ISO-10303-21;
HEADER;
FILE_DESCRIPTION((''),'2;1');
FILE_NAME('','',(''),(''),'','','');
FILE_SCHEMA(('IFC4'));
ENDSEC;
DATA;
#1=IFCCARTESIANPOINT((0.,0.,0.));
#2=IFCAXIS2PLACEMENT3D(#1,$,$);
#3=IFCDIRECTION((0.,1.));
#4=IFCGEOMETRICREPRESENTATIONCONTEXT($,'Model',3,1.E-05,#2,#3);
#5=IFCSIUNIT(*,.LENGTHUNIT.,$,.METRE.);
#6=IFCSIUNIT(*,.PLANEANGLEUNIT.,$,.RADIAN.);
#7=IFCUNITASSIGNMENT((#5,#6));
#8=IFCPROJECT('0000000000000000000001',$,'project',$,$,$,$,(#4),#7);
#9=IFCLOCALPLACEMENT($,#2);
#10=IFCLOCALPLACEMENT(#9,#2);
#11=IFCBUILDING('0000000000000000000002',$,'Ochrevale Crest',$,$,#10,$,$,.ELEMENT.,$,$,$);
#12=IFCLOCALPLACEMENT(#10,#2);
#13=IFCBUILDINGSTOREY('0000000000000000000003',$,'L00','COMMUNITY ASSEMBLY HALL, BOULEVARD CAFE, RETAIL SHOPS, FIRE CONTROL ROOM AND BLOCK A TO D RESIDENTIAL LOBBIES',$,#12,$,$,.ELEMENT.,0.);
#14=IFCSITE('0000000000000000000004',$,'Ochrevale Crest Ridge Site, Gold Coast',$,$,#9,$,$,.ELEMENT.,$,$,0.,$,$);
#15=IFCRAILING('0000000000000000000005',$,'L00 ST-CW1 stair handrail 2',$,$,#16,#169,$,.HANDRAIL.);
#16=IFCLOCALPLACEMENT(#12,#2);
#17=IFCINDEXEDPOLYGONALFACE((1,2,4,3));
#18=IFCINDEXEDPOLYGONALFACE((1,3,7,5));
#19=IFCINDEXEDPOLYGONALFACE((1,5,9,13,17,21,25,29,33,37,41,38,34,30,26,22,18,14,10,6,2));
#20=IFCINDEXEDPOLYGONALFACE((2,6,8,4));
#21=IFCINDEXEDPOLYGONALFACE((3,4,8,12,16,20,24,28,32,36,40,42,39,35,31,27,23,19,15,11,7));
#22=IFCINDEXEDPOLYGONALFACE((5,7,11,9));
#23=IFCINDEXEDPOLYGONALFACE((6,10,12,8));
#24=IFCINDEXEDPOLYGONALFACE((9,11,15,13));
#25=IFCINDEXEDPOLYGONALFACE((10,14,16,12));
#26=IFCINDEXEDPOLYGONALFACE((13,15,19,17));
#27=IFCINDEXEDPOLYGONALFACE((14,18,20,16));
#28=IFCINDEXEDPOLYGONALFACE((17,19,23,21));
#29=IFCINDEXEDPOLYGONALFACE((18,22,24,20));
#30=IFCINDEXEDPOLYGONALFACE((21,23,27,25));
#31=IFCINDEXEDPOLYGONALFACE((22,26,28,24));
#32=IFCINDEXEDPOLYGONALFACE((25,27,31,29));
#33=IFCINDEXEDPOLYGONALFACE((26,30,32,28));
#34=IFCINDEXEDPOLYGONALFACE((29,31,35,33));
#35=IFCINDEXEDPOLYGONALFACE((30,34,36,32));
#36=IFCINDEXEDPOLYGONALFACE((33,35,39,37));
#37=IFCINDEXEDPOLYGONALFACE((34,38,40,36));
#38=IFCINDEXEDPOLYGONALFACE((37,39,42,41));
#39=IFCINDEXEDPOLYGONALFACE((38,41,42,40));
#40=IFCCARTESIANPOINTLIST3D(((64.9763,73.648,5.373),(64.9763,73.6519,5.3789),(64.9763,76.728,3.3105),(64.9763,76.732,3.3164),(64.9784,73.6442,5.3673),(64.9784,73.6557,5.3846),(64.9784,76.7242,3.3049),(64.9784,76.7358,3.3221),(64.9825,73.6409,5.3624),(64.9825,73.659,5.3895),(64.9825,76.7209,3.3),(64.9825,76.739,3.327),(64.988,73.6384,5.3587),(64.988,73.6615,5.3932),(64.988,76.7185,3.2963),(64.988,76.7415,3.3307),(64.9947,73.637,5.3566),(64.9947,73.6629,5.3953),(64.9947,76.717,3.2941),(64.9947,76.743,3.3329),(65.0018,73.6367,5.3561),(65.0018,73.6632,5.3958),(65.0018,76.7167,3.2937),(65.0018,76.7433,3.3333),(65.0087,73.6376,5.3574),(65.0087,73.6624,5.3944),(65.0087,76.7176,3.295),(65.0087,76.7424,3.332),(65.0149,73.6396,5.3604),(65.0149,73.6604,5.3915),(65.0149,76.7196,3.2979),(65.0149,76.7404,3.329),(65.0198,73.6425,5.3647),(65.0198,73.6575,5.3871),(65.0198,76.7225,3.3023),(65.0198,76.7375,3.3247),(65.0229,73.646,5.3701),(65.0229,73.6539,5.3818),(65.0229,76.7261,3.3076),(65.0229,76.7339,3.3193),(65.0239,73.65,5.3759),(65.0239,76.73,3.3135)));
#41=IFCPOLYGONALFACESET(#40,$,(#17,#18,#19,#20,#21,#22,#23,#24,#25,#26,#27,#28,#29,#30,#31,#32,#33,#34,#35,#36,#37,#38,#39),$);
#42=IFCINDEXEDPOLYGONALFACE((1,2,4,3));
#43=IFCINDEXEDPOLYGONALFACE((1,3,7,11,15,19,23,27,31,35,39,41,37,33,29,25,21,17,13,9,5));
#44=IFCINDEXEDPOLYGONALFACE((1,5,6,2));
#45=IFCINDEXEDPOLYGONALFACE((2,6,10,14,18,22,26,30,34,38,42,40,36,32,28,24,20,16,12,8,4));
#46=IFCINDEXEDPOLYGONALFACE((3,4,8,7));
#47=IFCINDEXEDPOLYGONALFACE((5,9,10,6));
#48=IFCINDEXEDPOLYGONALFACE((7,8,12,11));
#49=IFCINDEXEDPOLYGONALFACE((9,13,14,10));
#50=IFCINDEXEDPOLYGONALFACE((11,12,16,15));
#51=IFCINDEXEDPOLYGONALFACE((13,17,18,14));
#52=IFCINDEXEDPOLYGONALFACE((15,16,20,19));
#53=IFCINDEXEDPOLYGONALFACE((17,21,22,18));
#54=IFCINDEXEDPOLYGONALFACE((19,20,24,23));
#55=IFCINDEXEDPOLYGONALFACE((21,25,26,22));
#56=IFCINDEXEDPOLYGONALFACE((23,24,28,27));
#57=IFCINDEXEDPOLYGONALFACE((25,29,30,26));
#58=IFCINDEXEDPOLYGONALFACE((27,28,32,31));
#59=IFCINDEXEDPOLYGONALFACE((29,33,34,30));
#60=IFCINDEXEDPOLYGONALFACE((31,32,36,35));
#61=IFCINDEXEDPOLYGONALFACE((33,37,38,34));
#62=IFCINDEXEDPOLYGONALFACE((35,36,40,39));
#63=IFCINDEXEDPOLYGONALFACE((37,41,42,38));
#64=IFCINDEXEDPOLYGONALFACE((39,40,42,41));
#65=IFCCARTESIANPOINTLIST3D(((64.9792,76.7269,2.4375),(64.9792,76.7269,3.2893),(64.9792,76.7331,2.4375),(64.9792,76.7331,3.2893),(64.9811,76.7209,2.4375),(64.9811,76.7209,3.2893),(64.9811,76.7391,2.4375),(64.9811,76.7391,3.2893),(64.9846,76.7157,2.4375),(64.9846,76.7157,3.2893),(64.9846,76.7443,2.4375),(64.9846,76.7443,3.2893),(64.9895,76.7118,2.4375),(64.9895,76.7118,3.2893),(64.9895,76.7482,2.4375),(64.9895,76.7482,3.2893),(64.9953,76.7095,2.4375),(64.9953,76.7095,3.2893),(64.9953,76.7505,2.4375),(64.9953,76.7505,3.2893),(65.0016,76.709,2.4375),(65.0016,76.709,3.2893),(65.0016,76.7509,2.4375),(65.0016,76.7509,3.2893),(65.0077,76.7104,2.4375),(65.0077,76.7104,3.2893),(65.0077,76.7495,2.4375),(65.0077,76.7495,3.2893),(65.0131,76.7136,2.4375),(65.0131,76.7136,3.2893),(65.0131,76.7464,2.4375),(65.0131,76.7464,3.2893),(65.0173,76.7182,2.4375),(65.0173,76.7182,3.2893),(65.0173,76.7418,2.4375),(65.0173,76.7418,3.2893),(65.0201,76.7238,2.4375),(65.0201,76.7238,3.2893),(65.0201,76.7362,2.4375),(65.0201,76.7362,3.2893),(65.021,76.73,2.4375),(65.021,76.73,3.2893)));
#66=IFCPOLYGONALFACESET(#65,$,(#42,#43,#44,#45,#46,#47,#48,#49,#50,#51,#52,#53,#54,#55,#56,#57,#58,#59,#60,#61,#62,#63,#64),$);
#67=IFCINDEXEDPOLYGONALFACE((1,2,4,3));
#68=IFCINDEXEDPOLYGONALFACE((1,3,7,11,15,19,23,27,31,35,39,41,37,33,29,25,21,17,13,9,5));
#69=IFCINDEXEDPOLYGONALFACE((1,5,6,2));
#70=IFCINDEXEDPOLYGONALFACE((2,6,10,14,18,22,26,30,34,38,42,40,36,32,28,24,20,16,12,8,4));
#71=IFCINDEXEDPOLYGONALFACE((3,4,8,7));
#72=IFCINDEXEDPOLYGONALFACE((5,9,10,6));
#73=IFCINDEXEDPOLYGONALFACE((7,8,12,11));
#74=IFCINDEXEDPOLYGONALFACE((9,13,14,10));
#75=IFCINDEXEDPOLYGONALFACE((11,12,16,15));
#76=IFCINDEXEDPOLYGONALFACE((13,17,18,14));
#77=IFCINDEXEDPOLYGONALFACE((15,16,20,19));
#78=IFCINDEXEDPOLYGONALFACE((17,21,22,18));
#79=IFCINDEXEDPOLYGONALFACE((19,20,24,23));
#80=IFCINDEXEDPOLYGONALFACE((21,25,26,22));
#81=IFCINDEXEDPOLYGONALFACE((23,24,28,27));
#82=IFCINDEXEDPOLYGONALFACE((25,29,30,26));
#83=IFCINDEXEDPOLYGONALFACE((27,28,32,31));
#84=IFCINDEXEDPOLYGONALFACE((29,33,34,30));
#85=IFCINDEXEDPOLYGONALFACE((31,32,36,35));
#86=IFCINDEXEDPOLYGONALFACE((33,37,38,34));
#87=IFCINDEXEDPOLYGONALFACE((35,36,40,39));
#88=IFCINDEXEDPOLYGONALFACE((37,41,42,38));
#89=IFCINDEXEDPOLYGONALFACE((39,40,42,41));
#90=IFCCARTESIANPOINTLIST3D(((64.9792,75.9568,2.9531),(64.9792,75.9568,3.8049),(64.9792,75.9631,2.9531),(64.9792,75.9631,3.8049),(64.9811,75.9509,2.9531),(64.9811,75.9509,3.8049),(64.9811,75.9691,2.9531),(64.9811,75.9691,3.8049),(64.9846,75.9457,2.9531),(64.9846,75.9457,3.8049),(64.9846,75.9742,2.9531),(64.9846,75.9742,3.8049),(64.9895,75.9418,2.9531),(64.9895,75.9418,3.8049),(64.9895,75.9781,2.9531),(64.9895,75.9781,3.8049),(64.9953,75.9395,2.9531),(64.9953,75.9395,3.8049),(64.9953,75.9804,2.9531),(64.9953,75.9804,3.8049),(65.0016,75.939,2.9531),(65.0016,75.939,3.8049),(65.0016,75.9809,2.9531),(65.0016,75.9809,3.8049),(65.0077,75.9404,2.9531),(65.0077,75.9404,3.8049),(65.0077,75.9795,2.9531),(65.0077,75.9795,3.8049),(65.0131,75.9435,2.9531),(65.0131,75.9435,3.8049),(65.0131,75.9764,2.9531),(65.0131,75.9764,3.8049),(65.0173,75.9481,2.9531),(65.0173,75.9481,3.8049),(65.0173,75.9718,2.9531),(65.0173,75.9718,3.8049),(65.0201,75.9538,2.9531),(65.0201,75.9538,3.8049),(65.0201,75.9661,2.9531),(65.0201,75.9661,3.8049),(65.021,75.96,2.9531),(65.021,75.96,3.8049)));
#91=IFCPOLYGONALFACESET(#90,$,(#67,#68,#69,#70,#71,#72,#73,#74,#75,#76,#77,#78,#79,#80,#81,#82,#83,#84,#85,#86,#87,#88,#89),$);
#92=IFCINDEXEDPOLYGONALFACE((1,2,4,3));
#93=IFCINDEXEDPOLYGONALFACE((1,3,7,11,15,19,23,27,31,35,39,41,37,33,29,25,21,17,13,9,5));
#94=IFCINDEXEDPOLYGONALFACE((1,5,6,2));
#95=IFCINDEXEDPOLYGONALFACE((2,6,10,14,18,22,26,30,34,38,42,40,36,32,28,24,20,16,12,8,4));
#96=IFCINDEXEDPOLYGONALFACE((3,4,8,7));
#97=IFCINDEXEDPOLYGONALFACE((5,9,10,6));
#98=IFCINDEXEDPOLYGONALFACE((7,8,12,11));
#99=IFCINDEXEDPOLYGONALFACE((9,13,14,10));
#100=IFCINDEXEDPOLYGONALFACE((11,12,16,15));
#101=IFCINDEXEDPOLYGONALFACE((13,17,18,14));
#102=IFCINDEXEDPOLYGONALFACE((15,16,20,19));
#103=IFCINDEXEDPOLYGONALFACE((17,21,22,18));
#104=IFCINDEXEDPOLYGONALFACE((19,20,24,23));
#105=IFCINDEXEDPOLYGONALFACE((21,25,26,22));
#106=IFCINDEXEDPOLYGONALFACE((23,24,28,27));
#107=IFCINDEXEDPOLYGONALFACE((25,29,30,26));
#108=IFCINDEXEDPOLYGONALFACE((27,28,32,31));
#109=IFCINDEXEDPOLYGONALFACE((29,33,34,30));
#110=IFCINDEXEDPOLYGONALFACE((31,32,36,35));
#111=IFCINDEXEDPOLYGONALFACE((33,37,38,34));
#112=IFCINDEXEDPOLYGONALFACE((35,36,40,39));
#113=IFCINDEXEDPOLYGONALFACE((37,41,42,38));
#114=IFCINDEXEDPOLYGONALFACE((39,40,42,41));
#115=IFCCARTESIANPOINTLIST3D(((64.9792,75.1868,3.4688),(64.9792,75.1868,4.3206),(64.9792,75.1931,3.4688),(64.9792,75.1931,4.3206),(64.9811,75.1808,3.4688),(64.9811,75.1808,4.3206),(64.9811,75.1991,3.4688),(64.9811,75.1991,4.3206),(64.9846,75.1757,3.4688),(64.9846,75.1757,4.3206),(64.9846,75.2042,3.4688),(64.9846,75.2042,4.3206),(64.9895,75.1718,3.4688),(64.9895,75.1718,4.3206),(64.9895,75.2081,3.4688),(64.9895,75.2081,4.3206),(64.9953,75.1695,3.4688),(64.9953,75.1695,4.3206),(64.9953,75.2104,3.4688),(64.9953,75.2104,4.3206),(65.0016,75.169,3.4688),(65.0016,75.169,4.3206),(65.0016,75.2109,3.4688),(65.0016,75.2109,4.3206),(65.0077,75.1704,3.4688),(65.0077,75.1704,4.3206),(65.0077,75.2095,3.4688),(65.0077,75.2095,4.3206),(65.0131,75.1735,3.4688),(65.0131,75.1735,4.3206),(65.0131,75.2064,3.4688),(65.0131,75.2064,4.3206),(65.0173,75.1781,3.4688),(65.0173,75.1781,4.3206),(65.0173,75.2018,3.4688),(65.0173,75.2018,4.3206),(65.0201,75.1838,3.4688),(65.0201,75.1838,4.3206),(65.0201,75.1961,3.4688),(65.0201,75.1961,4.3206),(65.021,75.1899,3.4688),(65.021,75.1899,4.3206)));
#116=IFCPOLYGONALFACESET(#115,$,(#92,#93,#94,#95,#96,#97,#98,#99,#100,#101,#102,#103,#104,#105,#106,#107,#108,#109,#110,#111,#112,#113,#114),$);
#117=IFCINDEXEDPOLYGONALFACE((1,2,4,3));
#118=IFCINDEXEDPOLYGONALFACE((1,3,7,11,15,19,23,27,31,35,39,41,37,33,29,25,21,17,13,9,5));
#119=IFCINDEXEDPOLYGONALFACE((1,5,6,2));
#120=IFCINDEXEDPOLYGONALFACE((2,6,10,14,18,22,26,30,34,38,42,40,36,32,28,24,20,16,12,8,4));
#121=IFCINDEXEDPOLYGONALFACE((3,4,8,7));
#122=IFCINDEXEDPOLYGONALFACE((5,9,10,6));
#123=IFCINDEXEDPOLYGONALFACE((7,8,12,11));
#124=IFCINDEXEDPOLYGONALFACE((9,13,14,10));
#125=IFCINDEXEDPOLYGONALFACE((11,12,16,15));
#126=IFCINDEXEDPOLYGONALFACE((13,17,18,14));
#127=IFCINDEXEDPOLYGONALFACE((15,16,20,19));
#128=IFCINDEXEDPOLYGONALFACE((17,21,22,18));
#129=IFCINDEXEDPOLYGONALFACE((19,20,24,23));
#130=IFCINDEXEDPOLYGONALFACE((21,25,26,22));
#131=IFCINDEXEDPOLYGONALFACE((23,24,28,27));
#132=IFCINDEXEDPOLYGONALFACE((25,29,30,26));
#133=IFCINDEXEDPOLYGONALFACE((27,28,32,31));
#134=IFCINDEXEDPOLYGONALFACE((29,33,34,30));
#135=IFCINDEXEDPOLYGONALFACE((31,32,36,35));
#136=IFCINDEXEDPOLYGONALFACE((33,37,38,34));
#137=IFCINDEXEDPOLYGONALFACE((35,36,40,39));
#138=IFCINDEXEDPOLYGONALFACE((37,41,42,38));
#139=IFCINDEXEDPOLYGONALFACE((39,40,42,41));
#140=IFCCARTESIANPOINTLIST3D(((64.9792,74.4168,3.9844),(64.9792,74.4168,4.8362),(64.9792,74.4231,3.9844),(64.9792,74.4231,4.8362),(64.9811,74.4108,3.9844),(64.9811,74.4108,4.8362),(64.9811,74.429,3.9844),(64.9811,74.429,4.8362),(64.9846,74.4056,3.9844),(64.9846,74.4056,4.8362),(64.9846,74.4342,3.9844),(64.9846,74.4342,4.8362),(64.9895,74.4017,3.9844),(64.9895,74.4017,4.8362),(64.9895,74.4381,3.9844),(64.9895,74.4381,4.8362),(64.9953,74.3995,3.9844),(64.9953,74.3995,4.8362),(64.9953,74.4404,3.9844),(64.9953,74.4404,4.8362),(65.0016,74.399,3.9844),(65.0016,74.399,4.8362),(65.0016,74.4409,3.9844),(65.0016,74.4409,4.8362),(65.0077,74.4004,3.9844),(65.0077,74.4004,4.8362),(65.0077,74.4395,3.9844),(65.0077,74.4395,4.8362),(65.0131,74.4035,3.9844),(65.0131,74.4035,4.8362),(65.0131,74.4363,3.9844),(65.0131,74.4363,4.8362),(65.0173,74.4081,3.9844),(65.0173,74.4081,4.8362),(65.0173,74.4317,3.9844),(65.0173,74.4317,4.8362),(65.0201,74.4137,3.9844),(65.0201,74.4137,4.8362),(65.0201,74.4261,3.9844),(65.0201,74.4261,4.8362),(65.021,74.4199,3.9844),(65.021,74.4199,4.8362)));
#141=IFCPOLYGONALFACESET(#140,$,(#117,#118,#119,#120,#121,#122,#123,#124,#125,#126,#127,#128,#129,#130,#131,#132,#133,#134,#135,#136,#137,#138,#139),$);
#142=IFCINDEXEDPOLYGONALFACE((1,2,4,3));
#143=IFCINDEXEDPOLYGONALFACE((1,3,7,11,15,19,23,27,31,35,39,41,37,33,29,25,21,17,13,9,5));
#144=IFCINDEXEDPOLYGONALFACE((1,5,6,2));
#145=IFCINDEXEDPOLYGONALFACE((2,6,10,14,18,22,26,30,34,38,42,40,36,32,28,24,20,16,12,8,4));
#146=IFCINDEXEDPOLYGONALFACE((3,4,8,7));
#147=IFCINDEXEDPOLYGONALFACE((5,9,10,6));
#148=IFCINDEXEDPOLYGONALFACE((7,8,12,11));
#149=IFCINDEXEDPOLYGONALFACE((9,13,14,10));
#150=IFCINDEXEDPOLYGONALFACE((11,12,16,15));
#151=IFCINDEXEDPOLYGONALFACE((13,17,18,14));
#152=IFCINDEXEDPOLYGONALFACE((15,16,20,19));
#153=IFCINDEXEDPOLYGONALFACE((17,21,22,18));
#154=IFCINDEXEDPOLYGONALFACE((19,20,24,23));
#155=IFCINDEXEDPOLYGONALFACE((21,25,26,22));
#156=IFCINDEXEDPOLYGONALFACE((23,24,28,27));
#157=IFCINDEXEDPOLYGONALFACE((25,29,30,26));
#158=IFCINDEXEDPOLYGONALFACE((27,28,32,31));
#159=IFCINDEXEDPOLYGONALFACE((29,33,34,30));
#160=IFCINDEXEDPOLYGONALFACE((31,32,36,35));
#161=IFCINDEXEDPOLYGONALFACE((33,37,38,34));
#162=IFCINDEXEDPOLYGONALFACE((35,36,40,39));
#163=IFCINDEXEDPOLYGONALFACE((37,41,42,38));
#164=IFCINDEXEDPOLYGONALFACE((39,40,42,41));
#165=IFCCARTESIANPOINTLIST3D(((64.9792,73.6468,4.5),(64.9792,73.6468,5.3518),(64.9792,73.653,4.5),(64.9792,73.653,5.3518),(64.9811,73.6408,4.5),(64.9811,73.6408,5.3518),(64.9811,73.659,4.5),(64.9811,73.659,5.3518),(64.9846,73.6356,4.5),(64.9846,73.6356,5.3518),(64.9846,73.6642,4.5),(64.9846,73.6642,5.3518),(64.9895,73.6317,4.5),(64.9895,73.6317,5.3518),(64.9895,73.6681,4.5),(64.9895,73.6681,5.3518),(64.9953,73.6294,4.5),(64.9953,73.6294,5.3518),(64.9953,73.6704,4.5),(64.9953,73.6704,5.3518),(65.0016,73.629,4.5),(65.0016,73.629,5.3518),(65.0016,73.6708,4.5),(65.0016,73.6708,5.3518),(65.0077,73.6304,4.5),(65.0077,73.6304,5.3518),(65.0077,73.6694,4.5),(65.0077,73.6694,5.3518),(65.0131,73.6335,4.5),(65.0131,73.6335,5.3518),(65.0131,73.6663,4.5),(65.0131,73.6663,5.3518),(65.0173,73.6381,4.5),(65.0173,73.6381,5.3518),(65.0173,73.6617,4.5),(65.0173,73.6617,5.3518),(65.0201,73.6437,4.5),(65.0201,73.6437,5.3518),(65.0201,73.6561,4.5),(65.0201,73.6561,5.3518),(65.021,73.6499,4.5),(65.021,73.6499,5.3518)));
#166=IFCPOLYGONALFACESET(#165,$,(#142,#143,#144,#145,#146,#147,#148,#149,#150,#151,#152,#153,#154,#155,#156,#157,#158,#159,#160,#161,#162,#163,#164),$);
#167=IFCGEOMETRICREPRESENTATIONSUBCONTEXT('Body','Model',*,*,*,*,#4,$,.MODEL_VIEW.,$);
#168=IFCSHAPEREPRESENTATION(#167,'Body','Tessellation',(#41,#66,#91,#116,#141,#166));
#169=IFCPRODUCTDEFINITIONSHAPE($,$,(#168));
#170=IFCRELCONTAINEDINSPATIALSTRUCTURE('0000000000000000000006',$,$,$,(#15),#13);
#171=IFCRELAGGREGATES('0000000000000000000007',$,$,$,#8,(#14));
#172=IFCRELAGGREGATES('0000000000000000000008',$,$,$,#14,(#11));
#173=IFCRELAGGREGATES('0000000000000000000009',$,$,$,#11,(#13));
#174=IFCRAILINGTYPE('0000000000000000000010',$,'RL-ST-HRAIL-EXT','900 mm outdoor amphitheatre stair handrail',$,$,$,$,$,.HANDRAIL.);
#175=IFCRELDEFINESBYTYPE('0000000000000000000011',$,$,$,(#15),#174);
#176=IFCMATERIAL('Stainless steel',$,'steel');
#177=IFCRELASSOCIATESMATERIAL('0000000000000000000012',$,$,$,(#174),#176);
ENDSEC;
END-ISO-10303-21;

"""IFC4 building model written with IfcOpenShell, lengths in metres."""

from ifc_helpers import new_model, si_unit, direction, frame, origin, origin_2d, place, context, subcontext, project, spatial, circle, extrude, material, type_object, element, save


model = new_model("IFC4")

# Units and contexts
model_context = context("Model", 3, precision=1e-05, world=origin(), true_north=direction((0.0, 1.0)))
body_context = subcontext(model_context, "Body", "Model", "MODEL_VIEW")
ifc_project = project(units=[si_unit("LENGTHUNIT", "METRE"), si_unit("PLANEANGLEUNIT", "RADIAN")], contexts=[model_context])

# Site, building, storey
site_placement = place(None, origin())
site = spatial("IfcSite", under=ifc_project, at=site_placement, Name="Ochrevale Crest Ridge Site, Gold Coast", CompositionType="ELEMENT", RefElevation=0.0)
building_placement = place(site_placement, origin())
building = spatial("IfcBuilding", under=site, at=building_placement, Name="Ochrevale Crest", CompositionType="ELEMENT")
storey_placement = place(building_placement, origin())
storey = spatial("IfcBuildingStorey", under=building, at=storey_placement, Name="L00", Description="COMMUNITY ASSEMBLY HALL, BOULEVARD CAFE, RETAIL SHOPS, FIRE CONTROL ROOM AND BLOCK A TO D RESIDENTIAL LOBBIES", CompositionType="ELEMENT", Elevation=0.0)

# Railing
ifc_material_1 = material(Name="Stainless steel", Category="steel")
railing_type_1 = type_object("IfcRailingType", Name="RL-ST-HRAIL-EXT", Description="900 mm outdoor amphitheatre stair handrail", PredefinedType="HANDRAIL", material=ifc_material_1)
railing_1_placement = place(storey_placement, frame((65.0, 76.73, 2.4375)))
element("IfcRailing", 1, at=railing_1_placement, inside=storey, type_object=railing_type_1, Name="L00 ST-CW1 stair handrail 2", PredefinedType="HANDRAIL", context=body_context, shape_type="SweptSolid", body=[
    extrude(circle(Radius=0.0239, at=origin_2d()), frame((0.0, 0.0, 0.876), z_axis=(0.0, -0.830914, 0.556401), x_axis=(1.0, 0.0, 0.0)), (0.0, 0.0, 1.0), 3.7068),
    extrude(circle(Radius=0.021, at=origin_2d()), origin(), (0.0, 0.0, 1.0), 0.8518),
    extrude(circle(Radius=0.021, at=origin_2d()), frame((0.0, -0.77, 0.5156)), (0.0, 0.0, 1.0), 0.8518),
    extrude(circle(Radius=0.021, at=origin_2d()), frame((0.0, -1.54, 1.0312)), (0.0, 0.0, 1.0), 0.8518),
    extrude(circle(Radius=0.021, at=origin_2d()), frame((0.0, -2.3101, 1.5469)), (0.0, 0.0, 1.0), 0.8518),
    extrude(circle(Radius=0.021, at=origin_2d()), frame((0.0, -3.0801, 2.0625)), (0.0, 0.0, 1.0), 0.8518),
])

save(model, "model.ifc")
